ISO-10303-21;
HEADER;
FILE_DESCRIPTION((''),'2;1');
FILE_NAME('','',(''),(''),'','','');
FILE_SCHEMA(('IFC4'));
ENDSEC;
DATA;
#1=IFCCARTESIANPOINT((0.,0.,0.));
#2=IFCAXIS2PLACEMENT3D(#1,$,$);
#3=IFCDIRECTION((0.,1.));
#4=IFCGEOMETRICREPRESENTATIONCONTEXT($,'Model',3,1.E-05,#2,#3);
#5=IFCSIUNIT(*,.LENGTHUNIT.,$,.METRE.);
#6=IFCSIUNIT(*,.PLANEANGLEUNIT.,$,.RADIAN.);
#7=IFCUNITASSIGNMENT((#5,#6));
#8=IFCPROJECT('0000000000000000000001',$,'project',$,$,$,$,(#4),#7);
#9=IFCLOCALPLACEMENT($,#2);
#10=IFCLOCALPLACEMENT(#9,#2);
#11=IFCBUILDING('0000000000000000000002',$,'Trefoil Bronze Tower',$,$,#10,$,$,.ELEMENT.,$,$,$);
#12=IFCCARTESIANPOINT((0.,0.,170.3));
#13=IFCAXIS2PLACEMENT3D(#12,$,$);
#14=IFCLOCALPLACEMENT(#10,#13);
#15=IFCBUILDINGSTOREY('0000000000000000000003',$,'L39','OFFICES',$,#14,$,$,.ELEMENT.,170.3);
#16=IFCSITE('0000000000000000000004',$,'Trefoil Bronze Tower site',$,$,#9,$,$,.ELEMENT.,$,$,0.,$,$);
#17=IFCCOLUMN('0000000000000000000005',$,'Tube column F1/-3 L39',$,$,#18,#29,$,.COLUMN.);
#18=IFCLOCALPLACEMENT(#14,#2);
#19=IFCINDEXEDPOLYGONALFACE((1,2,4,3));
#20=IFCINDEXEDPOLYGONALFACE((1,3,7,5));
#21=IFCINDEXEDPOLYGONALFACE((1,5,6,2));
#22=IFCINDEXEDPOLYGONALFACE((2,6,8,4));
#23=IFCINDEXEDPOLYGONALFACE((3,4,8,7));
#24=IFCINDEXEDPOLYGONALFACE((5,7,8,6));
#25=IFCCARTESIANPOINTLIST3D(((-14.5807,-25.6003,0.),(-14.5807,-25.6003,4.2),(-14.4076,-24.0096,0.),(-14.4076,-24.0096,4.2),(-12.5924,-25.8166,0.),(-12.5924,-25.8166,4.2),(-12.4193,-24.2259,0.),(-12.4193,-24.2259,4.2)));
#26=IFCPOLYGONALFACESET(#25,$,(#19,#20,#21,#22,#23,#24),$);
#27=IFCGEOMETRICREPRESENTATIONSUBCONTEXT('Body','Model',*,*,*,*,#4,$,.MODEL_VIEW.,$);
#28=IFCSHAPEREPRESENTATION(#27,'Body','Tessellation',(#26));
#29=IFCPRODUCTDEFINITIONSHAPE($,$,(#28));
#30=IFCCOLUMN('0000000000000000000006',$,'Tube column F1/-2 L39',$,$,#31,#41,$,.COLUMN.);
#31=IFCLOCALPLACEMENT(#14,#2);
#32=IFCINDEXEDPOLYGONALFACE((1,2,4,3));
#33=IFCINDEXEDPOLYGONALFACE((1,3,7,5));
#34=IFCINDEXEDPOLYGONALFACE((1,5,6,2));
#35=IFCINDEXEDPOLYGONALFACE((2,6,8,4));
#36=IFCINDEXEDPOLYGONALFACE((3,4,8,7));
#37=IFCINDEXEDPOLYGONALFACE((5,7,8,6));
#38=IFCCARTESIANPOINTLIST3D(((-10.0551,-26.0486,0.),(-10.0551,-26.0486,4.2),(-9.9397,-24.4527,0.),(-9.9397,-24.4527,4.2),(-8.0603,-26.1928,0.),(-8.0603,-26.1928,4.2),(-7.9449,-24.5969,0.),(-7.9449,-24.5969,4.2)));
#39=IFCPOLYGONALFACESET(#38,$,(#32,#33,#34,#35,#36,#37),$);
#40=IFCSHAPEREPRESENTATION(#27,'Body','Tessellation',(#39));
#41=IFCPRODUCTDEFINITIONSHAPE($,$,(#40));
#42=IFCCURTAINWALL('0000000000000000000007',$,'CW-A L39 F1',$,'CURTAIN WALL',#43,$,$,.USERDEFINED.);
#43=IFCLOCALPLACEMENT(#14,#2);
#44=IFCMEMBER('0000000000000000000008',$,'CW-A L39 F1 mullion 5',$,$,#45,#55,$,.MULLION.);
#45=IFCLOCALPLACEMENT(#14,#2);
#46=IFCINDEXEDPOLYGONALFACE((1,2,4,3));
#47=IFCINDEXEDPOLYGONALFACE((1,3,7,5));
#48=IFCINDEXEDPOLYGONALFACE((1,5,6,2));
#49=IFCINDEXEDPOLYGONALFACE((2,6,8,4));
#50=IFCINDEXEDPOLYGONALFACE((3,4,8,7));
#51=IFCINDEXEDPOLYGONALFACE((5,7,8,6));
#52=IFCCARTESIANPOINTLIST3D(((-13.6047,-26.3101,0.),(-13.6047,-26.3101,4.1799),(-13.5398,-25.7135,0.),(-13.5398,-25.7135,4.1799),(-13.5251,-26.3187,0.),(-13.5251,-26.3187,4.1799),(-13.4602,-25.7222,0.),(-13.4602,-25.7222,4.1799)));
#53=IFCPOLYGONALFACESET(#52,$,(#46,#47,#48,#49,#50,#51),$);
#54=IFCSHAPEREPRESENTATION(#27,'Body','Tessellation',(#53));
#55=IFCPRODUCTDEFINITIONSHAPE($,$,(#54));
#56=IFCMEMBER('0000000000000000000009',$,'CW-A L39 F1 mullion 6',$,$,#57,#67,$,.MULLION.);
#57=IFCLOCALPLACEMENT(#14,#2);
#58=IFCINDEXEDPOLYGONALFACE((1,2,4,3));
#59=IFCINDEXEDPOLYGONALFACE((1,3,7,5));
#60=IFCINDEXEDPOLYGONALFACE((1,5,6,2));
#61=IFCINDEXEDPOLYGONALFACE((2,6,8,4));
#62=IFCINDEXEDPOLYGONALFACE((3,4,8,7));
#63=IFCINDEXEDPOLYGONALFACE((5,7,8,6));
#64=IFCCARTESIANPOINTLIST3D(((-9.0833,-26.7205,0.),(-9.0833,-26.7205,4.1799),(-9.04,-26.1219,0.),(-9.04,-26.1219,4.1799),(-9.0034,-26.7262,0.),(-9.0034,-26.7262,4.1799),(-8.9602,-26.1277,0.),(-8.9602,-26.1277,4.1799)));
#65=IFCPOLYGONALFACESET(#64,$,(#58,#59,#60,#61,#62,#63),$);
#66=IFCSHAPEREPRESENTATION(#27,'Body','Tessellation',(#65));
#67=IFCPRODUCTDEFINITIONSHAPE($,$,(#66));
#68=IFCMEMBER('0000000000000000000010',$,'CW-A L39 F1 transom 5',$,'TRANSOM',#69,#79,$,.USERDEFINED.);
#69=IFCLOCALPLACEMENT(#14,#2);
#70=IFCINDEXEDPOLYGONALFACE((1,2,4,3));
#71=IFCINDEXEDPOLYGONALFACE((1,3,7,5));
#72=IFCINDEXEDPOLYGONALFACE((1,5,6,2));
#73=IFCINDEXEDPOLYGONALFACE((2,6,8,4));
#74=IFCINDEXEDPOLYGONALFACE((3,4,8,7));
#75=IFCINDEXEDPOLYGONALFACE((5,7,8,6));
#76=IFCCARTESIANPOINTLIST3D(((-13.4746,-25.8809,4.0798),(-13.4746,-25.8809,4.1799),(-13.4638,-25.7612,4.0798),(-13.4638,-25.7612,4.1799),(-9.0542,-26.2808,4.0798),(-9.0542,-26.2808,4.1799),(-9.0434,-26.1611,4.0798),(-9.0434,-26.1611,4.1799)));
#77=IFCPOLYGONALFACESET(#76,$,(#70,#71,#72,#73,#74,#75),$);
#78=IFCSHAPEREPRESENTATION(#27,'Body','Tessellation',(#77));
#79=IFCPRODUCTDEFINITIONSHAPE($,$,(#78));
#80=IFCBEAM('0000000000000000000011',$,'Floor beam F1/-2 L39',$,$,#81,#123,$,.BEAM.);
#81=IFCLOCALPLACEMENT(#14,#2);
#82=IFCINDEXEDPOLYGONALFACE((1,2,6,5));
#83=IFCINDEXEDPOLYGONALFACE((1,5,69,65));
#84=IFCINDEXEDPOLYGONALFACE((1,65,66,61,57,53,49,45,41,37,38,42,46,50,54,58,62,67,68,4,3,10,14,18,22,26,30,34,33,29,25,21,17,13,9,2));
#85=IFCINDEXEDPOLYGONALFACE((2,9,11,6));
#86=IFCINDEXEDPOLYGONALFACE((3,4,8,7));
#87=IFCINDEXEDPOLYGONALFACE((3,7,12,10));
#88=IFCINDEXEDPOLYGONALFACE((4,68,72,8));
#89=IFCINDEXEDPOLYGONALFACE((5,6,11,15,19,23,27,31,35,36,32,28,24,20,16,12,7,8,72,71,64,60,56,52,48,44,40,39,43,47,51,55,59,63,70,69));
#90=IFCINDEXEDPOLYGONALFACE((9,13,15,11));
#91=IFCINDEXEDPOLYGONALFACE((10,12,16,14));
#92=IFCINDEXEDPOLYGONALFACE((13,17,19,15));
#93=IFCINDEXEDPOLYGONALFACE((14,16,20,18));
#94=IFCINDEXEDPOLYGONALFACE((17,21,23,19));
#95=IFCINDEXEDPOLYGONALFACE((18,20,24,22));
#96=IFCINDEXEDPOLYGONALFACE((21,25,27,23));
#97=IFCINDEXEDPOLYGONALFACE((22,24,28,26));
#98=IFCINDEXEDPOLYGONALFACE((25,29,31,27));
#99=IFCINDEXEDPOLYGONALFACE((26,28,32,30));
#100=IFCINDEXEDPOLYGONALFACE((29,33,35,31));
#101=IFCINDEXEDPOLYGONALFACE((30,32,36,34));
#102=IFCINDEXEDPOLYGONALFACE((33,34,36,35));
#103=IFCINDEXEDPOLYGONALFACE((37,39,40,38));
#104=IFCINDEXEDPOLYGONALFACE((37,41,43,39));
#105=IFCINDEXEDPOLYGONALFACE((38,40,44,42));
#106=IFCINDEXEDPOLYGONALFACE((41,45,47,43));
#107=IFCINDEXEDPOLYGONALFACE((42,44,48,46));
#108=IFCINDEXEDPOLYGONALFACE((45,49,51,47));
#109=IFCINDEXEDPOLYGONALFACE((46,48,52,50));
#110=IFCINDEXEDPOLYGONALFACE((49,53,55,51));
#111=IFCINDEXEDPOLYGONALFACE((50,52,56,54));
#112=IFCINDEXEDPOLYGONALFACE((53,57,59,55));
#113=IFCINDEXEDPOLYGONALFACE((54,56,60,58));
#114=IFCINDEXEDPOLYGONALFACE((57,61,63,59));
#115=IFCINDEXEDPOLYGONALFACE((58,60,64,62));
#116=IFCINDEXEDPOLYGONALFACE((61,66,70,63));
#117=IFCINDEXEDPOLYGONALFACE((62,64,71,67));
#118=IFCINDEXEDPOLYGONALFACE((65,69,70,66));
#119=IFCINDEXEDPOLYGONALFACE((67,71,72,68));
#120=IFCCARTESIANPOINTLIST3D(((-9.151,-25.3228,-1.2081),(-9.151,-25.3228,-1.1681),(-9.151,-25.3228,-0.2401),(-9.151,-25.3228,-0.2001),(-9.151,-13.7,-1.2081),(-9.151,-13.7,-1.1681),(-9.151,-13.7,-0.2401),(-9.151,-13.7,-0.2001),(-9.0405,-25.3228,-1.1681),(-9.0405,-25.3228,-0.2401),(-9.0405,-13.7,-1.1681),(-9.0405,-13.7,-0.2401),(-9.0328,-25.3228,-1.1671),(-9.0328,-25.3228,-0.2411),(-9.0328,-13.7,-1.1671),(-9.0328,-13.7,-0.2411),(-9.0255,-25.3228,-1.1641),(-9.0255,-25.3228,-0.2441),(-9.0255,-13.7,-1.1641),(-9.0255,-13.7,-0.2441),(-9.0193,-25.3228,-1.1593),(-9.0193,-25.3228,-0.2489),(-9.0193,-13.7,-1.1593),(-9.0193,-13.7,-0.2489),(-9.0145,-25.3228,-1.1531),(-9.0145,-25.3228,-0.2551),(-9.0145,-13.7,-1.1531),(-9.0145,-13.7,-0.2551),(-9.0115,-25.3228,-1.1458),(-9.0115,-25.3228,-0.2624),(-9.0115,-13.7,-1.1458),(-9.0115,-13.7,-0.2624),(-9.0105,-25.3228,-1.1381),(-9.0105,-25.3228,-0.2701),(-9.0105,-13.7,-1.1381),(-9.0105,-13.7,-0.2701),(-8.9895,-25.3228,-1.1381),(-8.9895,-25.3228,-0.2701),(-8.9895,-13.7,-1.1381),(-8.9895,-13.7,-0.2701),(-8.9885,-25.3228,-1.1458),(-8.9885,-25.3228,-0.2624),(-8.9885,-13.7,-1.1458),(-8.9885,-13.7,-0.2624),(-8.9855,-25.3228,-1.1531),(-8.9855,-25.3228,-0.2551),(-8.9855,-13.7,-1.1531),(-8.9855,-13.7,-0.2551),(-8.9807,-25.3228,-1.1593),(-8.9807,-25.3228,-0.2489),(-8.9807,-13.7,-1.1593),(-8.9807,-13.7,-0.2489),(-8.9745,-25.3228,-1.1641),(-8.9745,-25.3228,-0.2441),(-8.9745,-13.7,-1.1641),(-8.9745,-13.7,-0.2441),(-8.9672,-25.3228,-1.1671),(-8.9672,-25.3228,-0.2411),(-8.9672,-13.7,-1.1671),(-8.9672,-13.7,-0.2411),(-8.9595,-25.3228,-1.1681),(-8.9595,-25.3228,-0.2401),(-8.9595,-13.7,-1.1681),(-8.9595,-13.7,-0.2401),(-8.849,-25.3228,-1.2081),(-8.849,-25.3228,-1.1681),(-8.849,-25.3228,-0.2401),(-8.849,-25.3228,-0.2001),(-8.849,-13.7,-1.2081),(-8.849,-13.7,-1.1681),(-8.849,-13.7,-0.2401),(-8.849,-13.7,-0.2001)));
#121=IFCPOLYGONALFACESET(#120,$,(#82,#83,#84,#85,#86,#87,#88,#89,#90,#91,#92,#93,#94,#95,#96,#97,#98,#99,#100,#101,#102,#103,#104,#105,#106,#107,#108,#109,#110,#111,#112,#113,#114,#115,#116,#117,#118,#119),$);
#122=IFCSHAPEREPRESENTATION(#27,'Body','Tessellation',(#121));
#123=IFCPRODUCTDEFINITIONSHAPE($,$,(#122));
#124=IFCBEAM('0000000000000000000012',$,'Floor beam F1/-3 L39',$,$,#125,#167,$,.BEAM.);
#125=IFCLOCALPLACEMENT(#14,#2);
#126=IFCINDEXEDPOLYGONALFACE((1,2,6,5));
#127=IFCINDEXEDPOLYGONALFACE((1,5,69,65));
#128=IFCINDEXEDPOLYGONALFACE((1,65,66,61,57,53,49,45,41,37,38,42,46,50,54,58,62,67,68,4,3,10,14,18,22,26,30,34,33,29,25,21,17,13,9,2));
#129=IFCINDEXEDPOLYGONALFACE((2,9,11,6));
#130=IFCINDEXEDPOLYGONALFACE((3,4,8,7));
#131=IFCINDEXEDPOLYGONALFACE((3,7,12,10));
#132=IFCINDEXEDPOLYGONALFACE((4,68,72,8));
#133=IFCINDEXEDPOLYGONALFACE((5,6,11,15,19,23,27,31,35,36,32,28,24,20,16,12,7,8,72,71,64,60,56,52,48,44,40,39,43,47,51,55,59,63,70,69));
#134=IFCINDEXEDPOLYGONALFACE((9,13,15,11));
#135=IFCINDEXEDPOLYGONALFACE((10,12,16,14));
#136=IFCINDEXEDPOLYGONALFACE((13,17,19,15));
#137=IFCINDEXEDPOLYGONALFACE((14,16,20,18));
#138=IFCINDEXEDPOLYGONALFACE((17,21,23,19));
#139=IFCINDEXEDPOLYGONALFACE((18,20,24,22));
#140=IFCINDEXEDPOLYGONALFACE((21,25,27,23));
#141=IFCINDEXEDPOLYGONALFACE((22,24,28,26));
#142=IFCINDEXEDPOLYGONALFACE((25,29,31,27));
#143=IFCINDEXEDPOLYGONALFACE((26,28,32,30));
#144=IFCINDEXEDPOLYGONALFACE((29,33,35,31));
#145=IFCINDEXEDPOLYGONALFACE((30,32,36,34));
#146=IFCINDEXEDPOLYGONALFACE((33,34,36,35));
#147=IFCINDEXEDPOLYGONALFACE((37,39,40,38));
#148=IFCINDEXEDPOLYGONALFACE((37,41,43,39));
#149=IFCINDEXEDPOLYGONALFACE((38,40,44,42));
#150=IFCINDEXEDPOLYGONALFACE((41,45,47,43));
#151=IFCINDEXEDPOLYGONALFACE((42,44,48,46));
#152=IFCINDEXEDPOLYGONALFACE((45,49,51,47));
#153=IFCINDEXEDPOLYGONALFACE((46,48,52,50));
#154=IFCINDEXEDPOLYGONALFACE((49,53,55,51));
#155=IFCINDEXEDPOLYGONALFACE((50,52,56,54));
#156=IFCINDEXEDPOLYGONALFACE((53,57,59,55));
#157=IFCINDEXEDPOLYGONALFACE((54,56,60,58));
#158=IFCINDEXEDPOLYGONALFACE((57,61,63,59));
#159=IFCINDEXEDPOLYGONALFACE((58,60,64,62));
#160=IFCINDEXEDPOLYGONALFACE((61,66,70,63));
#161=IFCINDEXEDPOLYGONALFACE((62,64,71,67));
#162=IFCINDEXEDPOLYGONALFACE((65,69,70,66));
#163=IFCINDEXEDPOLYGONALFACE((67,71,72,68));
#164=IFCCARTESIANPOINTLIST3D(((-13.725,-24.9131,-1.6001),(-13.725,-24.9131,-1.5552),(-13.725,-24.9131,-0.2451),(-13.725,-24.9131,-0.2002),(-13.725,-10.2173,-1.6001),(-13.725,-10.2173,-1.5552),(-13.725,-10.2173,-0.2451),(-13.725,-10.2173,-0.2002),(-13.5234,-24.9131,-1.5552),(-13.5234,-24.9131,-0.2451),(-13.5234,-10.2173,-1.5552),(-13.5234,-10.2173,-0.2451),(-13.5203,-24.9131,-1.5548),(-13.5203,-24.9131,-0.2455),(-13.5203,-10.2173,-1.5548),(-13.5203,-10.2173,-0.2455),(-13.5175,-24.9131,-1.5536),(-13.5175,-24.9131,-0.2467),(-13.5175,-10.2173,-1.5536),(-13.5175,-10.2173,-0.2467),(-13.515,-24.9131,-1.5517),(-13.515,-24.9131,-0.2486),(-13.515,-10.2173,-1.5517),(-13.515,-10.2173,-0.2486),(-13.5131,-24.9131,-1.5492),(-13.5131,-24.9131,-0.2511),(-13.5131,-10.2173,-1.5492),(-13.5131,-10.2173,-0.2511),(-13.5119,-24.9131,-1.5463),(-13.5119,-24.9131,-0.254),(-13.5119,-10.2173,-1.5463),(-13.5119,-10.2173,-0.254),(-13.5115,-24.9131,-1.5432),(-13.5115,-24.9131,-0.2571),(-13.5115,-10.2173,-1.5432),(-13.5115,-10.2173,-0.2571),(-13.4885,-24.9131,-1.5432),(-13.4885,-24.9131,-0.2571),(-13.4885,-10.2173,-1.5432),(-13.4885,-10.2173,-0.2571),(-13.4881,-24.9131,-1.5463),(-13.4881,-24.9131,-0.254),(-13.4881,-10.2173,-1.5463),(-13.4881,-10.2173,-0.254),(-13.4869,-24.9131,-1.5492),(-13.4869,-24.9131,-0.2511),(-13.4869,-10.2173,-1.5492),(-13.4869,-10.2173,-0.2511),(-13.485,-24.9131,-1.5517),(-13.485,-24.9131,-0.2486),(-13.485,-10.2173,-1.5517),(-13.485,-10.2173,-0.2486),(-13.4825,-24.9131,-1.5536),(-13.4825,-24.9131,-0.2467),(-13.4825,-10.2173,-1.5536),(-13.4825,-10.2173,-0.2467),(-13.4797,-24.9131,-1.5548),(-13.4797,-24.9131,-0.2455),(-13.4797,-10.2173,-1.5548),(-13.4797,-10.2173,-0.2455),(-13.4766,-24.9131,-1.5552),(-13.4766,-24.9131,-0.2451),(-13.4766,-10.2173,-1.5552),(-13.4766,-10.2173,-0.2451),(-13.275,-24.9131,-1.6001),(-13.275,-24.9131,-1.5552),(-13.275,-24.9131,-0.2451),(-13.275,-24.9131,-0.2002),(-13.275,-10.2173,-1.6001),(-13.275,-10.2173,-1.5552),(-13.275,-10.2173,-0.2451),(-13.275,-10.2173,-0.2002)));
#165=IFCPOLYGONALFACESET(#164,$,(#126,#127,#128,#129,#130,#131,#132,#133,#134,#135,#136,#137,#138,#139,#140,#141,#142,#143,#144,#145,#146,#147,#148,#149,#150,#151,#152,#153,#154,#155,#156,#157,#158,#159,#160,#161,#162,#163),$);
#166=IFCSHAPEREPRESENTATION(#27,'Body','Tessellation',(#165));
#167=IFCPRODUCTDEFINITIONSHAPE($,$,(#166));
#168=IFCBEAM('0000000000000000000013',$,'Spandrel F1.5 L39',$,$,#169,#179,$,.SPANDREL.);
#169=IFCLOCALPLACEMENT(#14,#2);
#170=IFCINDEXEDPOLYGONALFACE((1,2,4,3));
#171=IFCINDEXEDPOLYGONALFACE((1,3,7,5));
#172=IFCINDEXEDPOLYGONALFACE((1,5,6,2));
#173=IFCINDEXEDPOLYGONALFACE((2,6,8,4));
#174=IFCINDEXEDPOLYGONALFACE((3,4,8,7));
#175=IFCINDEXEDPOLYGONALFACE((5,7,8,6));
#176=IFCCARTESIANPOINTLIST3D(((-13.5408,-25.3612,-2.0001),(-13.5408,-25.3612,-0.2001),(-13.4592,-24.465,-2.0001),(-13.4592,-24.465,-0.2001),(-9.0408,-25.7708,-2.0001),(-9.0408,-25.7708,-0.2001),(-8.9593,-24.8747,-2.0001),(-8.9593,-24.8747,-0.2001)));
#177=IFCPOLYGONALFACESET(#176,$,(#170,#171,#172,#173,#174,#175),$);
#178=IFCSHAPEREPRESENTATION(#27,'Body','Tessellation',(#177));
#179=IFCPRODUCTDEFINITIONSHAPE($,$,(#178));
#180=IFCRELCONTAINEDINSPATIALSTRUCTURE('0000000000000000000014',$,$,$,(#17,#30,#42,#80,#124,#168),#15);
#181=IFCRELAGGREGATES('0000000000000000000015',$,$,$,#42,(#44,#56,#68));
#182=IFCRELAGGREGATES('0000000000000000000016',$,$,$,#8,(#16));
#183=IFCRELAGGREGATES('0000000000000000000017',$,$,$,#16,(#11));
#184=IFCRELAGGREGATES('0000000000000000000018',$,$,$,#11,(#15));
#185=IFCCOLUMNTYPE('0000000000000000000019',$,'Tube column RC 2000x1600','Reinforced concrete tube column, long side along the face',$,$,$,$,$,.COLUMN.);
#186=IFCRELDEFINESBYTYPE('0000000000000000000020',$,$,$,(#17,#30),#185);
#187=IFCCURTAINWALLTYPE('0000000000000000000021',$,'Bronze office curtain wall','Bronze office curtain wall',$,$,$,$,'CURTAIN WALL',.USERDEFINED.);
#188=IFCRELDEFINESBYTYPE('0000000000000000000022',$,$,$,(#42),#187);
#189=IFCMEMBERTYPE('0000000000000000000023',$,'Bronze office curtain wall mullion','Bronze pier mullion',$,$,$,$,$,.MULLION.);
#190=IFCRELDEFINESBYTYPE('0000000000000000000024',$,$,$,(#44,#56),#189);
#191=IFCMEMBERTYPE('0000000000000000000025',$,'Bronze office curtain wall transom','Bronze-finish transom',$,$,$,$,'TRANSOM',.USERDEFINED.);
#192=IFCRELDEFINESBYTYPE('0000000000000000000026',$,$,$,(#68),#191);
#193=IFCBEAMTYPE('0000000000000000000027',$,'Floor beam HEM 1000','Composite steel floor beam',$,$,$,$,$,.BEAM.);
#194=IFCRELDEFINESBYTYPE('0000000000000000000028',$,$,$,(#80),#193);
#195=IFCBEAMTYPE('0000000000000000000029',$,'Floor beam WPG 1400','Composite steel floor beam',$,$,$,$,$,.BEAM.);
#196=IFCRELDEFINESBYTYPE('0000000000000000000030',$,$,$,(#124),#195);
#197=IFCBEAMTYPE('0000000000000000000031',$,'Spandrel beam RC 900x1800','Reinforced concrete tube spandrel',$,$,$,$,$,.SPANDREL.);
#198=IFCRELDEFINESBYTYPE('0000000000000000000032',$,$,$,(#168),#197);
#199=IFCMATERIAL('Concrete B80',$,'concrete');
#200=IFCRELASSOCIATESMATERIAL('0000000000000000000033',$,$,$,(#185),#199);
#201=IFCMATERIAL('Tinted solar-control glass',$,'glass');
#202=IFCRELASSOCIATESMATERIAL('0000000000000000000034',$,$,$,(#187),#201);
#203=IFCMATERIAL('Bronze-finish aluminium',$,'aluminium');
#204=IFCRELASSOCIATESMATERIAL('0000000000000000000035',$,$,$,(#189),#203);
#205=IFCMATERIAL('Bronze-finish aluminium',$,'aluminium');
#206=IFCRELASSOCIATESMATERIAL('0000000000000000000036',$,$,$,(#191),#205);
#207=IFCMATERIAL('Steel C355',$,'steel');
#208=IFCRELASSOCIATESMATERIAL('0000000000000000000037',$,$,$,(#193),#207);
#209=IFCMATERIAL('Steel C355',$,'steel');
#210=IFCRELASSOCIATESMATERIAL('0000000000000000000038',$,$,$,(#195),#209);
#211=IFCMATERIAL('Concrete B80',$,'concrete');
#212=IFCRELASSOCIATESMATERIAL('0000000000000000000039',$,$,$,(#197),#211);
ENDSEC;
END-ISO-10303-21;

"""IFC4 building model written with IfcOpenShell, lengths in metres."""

from ifc_helpers import new_model, si_unit, direction, frame, origin, origin_2d, place, context, subcontext, project, spatial, rectangle, i_section, extrude, material, material_profile, profile_set, type_object, element, aggregate, save


model = new_model("IFC4")

# Units and contexts
model_context = context("Model", 3, precision=1e-05, world=origin(), true_north=direction((0.0, 1.0)))
body_context = subcontext(model_context, "Body", "Model", "MODEL_VIEW")
ifc_project = project(units=[si_unit("LENGTHUNIT", "METRE"), si_unit("PLANEANGLEUNIT", "RADIAN")], contexts=[model_context])

# Site, building, storey
site_placement = place(None, origin())
site = spatial("IfcSite", under=ifc_project, at=site_placement, Name="Trefoil Bronze Tower site", CompositionType="ELEMENT", RefElevation=0.0)
building_placement = place(site_placement, origin())
building = spatial("IfcBuilding", under=site, at=building_placement, Name="Trefoil Bronze Tower", CompositionType="ELEMENT")
storey_placement = place(building_placement, frame((0.0, 0.0, 170.3)))
storey = spatial("IfcBuildingStorey", under=building, at=storey_placement, Name="L39", Description="OFFICES", CompositionType="ELEMENT", Elevation=170.3)

# Columns
ifc_material_1 = material(Name="Concrete B80", Category="concrete")
ifc_material_profile_1 = material_profile(ifc_material_1, rectangle(XDim=2.0, YDim=1.6001, at=origin_2d()), Name="RC 2000x1600")
ifc_profile_set_1 = profile_set([ifc_material_profile_1], Name="Concrete B80")
column_type = type_object("IfcColumnType", Name="Tube column RC 2000x1600", Description="Reinforced concrete tube column, long side along the face", PredefinedType="COLUMN", material=ifc_profile_set_1)
for number, where, z_axis, x_axis, name in (
    (1, (-13.5, -24.9131, 0.0), (0.0, 0.0, 1.0), (0.994135, -0.108144, 0.0), "Tube column F1/-3 L39"),
    (2, (-9.0, -25.3228, 0.0), (0.0, 0.0, 1.0), (0.997398, -0.072096, 0.0), "Tube column F1/-2 L39"),
):
    element("IfcColumn", number, at=place(storey_placement, frame(where, z_axis=z_axis, x_axis=x_axis)), inside=storey, type_object=column_type, Name=name, PredefinedType="COLUMN", context=body_context, shape_type="SweptSolid", body=[
        extrude(rectangle(XDim=2.0, YDim=1.6001, at=origin_2d()), origin(), (0.0, 0.0, 1.0), 4.2),
    ])

# Curtain wall, members
ifc_material_2 = material(Name="Tinted solar-control glass", Category="glass")
curtain_wall_type = type_object("IfcCurtainWallType", Name="Bronze office curtain wall", Description="Bronze office curtain wall", ElementType="CURTAIN WALL", PredefinedType="USERDEFINED", material=ifc_material_2)
curtain_wall_placement = place(storey_placement, origin())
curtain_wall = element("IfcCurtainWall", 3, at=curtain_wall_placement, inside=storey, type_object=curtain_wall_type, Name="CW-A L39 F1", ObjectType="CURTAIN WALL", PredefinedType="USERDEFINED")
ifc_material_3 = material(Name="Bronze-finish aluminium", Category="aluminium")
ifc_material_profile_2 = material_profile(ifc_material_3, rectangle(XDim=0.6001, YDim=0.0801, at=origin_2d()), Name="CW-A mullion")
ifc_profile_set_2 = profile_set([ifc_material_profile_2], Name="Bronze-finish aluminium")
member_type_1 = type_object("IfcMemberType", Name="Bronze office curtain wall mullion", Description="Bronze pier mullion", PredefinedType="MULLION", material=ifc_profile_set_2)
member_1_placement = place(storey_placement, frame((-13.5325, -26.0161, 0.0), z_axis=(0.0, 0.0, 1.0), x_axis=(0.108144, 0.994135, 0.0)))
member_1 = element("IfcMember", 4, at=member_1_placement, type_object=member_type_1, Name="CW-A L39 F1 mullion 5", PredefinedType="MULLION", context=body_context, shape_type="SweptSolid", body=[
    extrude(rectangle(XDim=0.6001, YDim=0.0801, at=origin_2d()), origin(), (0.0, 0.0, 1.0), 4.1799),
])
member_2_placement = place(storey_placement, frame((-9.0217, -26.4241, 0.0), z_axis=(0.0, 0.0, 1.0), x_axis=(0.072096, 0.997398, 0.0)))
member_2 = element("IfcMember", 5, at=member_2_placement, type_object=member_type_1, Name="CW-A L39 F1 mullion 6", PredefinedType="MULLION", context=body_context, shape_type="SweptSolid", body=[
    extrude(rectangle(XDim=0.6001, YDim=0.0801, at=origin_2d()), origin(), (0.0, 0.0, 1.0), 4.1799),
])
ifc_material_4 = material(Name="Bronze-finish aluminium", Category="aluminium")
ifc_material_profile_3 = material_profile(ifc_material_4, rectangle(XDim=0.1201, YDim=0.1001, at=origin_2d()), Name="CW-A transom")
ifc_profile_set_3 = profile_set([ifc_material_profile_3], Name="Bronze-finish aluminium")
member_type_2 = type_object("IfcMemberType", Name="Bronze office curtain wall transom", Description="Bronze-finish transom", ElementType="TRANSOM", PredefinedType="USERDEFINED", material=ifc_profile_set_3)
member_3_placement = place(storey_placement, frame((-13.4692, -25.821, 4.1299), z_axis=(0.995933, -0.090099, 0.0), x_axis=(0.090099, 0.995933, 0.0)))
member_3 = element("IfcMember", 6, at=member_3_placement, type_object=member_type_2, Name="CW-A L39 F1 transom 5", ObjectType="TRANSOM", PredefinedType="USERDEFINED", context=body_context, shape_type="SweptSolid", body=[
    extrude(rectangle(XDim=0.1201, YDim=0.1001, at=origin_2d()), origin(), (0.0, 0.0, 1.0), 4.4385),
])

# Beams
ifc_material_5 = material(Name="Steel C355", Category="steel")
ifc_material_profile_4 = material_profile(ifc_material_5, i_section(OverallWidth=0.302, OverallDepth=1.0081, WebThickness=0.021, FlangeThickness=0.04, FilletRadius=0.03, at=origin_2d()), Name="HEM 1000")
ifc_profile_set_4 = profile_set([ifc_material_profile_4], Name="Steel C355")
beam_type_1 = type_object("IfcBeamType", Name="Floor beam HEM 1000", Description="Composite steel floor beam", PredefinedType="BEAM", material=ifc_profile_set_4)
beam_1_placement = place(storey_placement, frame((-9.0, -25.3228, -0.7041), z_axis=(0.0, 1.0, 0.0), x_axis=(-1.0, 0.0, 0.0)))
element("IfcBeam", 7, at=beam_1_placement, inside=storey, type_object=beam_type_1, Name="Floor beam F1/-2 L39", PredefinedType="BEAM", context=body_context, shape_type="SweptSolid", body=[
    extrude(i_section(OverallWidth=0.302, OverallDepth=1.0081, WebThickness=0.021, FlangeThickness=0.04, FilletRadius=0.03, at=origin_2d()), origin(), (0.0, 0.0, 1.0), 11.6228),
])
ifc_material_6 = material(Name="Steel C355", Category="steel")
ifc_material_profile_5 = material_profile(ifc_material_6, i_section(OverallWidth=0.45, OverallDepth=1.3999, WebThickness=0.0229, FlangeThickness=0.0449, FilletRadius=0.012, at=origin_2d()), Name="WPG 1400")
ifc_profile_set_5 = profile_set([ifc_material_profile_5], Name="Steel C355")
beam_type_2 = type_object("IfcBeamType", Name="Floor beam WPG 1400", Description="Composite steel floor beam", PredefinedType="BEAM", material=ifc_profile_set_5)
beam_2_placement = place(storey_placement, frame((-13.5, -24.9131, -0.9001), z_axis=(0.0, 1.0, 0.0), x_axis=(-1.0, 0.0, 0.0)))
element("IfcBeam", 8, at=beam_2_placement, inside=storey, type_object=beam_type_2, Name="Floor beam F1/-3 L39", PredefinedType="BEAM", context=body_context, shape_type="SweptSolid", body=[
    extrude(i_section(OverallWidth=0.45, OverallDepth=1.3999, WebThickness=0.0229, FlangeThickness=0.0449, FilletRadius=0.012, at=origin_2d()), origin(), (0.0, 0.0, 1.0), 14.6958),
])
ifc_material_7 = material(Name="Concrete B80", Category="concrete")
ifc_material_profile_6 = material_profile(ifc_material_7, rectangle(XDim=0.8999, YDim=1.8, at=origin_2d()), Name="RC 900x1800")
ifc_profile_set_6 = profile_set([ifc_material_profile_6], Name="Concrete B80")
beam_type_3 = type_object("IfcBeamType", Name="Spandrel beam RC 900x1800", Description="Reinforced concrete tube spandrel", PredefinedType="SPANDREL", material=ifc_profile_set_6)
beam_3_placement = place(storey_placement, frame((-13.5, -24.9131, -1.1001), z_axis=(0.995882, -0.090662, 0.0), x_axis=(0.090662, 0.995882, 0.0)))
element("IfcBeam", 9, at=beam_3_placement, inside=storey, type_object=beam_type_3, Name="Spandrel F1.5 L39", PredefinedType="SPANDREL", context=body_context, shape_type="SweptSolid", body=[
    extrude(rectangle(XDim=0.8999, YDim=1.8, at=origin_2d()), origin(), (0.0, 0.0, 1.0), 4.5186),
])

aggregate(curtain_wall, [member_1, member_2, member_3])

save(model, "model.ifc")
